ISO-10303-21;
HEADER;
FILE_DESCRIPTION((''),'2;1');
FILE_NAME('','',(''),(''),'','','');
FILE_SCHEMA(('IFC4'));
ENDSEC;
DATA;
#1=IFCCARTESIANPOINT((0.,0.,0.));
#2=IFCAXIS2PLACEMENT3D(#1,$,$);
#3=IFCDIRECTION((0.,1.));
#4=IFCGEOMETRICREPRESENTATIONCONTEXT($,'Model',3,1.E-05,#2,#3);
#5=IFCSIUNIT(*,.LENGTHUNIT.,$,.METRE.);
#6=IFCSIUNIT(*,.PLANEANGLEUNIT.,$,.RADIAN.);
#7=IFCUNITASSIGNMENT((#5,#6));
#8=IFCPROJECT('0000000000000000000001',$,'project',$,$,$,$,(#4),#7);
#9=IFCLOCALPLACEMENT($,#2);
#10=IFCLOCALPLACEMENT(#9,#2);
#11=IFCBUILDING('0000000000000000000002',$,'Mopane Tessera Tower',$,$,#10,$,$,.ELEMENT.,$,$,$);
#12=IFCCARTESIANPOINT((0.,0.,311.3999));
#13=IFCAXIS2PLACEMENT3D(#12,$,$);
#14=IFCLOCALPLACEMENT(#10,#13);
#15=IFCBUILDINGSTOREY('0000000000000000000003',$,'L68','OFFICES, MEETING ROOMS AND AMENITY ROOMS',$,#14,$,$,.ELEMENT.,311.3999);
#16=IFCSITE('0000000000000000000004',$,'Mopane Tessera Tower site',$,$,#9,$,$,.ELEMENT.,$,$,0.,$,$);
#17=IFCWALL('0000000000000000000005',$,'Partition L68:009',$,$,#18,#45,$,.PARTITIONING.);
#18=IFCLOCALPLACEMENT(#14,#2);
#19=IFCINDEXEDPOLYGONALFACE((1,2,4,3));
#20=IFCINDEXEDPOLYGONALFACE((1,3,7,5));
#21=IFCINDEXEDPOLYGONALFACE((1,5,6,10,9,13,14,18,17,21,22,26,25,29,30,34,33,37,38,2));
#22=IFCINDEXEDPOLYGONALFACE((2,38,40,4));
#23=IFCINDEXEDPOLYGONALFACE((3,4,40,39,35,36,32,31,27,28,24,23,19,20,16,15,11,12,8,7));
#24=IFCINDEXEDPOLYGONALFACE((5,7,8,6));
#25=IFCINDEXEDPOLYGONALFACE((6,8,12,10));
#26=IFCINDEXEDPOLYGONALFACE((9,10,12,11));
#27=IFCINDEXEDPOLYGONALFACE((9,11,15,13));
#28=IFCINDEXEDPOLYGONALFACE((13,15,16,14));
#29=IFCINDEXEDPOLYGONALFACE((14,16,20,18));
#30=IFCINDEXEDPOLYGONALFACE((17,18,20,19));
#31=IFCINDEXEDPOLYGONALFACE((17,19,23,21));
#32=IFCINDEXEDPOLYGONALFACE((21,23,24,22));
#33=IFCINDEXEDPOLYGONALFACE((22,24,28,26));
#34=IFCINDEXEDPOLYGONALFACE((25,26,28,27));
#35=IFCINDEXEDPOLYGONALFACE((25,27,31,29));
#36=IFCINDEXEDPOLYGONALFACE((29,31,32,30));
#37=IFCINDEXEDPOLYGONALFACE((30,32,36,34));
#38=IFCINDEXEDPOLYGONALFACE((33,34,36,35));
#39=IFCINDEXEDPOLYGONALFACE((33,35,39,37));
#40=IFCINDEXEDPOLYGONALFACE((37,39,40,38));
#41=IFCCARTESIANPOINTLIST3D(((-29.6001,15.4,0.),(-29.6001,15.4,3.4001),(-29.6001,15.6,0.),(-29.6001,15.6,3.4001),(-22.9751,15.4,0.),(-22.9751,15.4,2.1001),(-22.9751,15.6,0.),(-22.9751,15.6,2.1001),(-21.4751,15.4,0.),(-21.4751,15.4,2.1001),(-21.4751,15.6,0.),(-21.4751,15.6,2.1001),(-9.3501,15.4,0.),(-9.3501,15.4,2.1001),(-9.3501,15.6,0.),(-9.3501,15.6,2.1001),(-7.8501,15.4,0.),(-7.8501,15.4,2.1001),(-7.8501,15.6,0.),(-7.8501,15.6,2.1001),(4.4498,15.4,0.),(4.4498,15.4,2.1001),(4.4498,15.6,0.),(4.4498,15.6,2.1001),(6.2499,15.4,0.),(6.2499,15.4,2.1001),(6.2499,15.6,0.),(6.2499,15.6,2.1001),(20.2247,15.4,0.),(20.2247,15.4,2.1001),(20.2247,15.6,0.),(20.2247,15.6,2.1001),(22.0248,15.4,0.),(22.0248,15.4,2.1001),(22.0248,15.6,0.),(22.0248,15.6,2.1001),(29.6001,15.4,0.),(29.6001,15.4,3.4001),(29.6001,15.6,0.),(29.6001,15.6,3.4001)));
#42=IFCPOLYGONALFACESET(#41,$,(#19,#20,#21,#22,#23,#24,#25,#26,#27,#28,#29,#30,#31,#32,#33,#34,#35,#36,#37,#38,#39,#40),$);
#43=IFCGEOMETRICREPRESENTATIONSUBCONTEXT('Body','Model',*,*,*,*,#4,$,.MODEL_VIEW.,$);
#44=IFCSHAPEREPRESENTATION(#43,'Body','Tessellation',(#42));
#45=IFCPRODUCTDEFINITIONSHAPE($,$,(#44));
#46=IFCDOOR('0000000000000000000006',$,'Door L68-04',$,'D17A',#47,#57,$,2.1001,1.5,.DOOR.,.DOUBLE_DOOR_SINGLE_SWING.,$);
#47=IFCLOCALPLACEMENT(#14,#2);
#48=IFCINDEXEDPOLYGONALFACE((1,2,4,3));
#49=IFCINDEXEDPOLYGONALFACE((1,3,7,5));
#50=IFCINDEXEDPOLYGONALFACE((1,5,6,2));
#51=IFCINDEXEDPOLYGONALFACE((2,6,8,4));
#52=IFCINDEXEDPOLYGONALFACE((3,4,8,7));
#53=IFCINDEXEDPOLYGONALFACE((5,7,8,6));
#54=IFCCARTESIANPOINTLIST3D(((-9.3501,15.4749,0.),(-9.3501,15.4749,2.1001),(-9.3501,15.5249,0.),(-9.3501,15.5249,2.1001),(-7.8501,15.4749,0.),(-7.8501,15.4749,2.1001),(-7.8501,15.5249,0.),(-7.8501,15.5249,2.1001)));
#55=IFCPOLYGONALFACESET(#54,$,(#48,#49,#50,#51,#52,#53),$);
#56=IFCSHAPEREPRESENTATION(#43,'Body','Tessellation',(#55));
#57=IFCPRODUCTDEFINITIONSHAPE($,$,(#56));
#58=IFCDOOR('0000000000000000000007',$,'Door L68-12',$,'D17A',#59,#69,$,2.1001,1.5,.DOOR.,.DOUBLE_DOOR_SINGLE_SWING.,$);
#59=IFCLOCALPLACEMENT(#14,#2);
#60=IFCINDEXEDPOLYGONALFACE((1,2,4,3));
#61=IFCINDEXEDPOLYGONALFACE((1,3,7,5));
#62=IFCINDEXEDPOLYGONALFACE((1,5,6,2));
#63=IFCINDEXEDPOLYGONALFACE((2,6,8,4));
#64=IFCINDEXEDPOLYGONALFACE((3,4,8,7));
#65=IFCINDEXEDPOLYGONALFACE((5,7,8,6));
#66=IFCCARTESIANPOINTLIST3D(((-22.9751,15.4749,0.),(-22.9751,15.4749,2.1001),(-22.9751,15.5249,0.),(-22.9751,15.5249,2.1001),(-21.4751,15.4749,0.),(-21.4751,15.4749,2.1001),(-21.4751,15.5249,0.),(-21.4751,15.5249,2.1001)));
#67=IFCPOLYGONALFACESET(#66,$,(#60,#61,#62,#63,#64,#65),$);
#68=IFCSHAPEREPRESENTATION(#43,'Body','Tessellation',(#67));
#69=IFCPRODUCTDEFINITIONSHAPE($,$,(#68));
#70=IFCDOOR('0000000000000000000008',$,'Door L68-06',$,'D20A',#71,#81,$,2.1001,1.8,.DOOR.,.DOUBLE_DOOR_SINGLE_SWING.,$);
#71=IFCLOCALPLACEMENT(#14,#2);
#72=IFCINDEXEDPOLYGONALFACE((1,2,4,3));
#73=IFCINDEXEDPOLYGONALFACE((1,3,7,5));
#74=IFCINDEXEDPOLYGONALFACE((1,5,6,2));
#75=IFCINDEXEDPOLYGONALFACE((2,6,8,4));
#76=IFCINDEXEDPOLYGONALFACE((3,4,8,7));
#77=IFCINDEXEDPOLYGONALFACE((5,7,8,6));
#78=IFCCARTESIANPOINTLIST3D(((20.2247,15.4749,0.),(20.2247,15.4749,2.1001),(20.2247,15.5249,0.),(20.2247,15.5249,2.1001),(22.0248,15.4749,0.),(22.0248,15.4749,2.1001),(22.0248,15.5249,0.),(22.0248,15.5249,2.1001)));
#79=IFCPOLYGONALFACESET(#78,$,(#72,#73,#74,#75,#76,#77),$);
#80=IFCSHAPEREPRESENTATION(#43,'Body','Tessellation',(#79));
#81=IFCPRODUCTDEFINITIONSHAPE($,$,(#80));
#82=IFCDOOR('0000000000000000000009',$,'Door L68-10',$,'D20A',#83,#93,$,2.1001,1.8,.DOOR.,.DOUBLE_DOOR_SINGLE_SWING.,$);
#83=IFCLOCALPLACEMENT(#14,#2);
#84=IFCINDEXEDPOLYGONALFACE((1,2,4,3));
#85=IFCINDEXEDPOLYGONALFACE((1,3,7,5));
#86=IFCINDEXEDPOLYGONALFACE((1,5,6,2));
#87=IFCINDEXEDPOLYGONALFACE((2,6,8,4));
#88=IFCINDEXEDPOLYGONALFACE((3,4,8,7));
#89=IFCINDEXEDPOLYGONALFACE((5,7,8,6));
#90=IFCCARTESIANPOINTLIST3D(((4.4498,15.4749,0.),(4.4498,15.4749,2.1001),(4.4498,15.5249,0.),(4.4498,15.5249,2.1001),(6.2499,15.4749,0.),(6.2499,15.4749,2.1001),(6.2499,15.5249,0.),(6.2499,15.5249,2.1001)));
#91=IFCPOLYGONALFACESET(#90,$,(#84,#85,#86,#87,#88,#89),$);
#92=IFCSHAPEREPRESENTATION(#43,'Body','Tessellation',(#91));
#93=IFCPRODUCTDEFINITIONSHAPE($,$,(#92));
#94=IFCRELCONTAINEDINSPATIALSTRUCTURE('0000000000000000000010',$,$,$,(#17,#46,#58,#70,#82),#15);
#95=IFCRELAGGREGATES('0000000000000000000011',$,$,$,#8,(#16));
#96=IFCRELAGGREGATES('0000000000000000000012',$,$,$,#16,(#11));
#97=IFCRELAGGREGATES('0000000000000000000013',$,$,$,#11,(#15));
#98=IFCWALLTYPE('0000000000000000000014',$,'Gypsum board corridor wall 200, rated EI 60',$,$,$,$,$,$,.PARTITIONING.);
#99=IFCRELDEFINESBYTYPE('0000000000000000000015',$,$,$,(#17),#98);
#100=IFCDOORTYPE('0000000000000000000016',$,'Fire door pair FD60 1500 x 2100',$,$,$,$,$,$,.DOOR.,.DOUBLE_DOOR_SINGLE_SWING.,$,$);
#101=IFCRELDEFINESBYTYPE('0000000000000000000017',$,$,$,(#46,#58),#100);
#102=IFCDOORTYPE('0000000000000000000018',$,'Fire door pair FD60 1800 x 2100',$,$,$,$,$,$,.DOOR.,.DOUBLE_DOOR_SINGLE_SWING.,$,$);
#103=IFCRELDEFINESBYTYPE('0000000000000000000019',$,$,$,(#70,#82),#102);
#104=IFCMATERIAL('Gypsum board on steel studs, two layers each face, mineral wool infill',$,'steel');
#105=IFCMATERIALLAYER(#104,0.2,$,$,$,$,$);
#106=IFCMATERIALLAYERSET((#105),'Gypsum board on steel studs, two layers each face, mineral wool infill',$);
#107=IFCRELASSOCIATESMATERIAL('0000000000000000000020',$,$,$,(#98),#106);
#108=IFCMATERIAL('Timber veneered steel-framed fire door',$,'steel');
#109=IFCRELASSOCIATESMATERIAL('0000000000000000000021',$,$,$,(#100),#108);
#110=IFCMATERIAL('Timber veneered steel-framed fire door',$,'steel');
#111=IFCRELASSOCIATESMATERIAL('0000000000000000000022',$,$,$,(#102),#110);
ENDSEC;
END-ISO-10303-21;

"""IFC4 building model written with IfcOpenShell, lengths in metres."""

from ifc_helpers import new_model, si_unit, direction, frame, frame_2d, origin, place, context, subcontext, project, spatial, rectangle, extrude, material, layer, layer_set, type_object, element, fill, save


model = new_model("IFC4")

# Units and contexts
model_context = context("Model", 3, precision=1e-05, world=origin(), true_north=direction((0.0, 1.0)))
body_context = subcontext(model_context, "Body", "Model", "MODEL_VIEW")
ifc_project = project(units=[si_unit("LENGTHUNIT", "METRE"), si_unit("PLANEANGLEUNIT", "RADIAN")], contexts=[model_context])

# Site, building, storey
site_placement = place(None, origin())
site = spatial("IfcSite", under=ifc_project, at=site_placement, Name="Mopane Tessera Tower site", CompositionType="ELEMENT", RefElevation=0.0)
building_placement = place(site_placement, origin())
building = spatial("IfcBuilding", under=site, at=building_placement, Name="Mopane Tessera Tower", CompositionType="ELEMENT")
storey_placement = place(building_placement, frame((0.0, 0.0, 311.3999)))
storey = spatial("IfcBuildingStorey", under=building, at=storey_placement, Name="L68", Description="OFFICES, MEETING ROOMS AND AMENITY ROOMS", CompositionType="ELEMENT", Elevation=311.3999)

# Shared definitions
ifc_material_1 = material(Name="Gypsum board on steel studs, two layers each face, mineral wool infill", Category="steel")
ifc_layer_1 = layer(ifc_material_1, 0.2)
ifc_layer_set_1 = layer_set([ifc_layer_1], Name="Gypsum board on steel studs, two layers each face, mineral wool infill")
wall_type_1 = type_object("IfcWallType", Name="Gypsum board corridor wall 200, rated EI 60", PredefinedType="PARTITIONING", material=ifc_layer_set_1)
ifc_material_2 = material(Name="Timber veneered steel-framed fire door", Category="steel")
door_type_1 = type_object("IfcDoorType", Name="Fire door pair FD60 1500 x 2100", OperationType="DOUBLE_DOOR_SINGLE_SWING", PredefinedType="DOOR", material=ifc_material_2)

# Wall, openings, doors
wall_1_placement = place(storey_placement, frame((-29.6001, 15.5, 0.0), z_axis=(0.0, 0.0, 1.0), x_axis=(1.0, 0.0, 0.0)))
wall_1 = element("IfcWall", 1, at=wall_1_placement, inside=storey, type_object=wall_type_1, Name="Partition L68:009", PredefinedType="PARTITIONING", context=body_context, shape_type="SweptSolid", body=[
    extrude(rectangle(XDim=59.2002, YDim=0.2, at=frame_2d((29.6001, 0.0))), origin(), (0.0, 0.0, 1.0), 3.4001),
])
opening_1_placement = place(wall_1_placement, frame((20.25, 0.0, 0.0)))
opening_1 = element("IfcOpeningElement", 2, at=opening_1_placement, cuts=wall_1, PredefinedType="OPENING", context=body_context, shape_type="SweptSolid", body=[
    extrude(rectangle(XDim=1.5, YDim=2.1001, at=frame_2d((0.75, 1.05))), frame((0.0, 0.1121, 0.0), z_axis=(0.0, -1.0, 0.0), x_axis=(1.0, 0.0, 0.0)), (0.0, 0.0, 1.0), 0.2239),
])
opening_2_placement = place(wall_1_placement, frame((49.825, 0.0, 0.0)))
opening_2 = element("IfcOpeningElement", 3, at=opening_2_placement, cuts=wall_1, PredefinedType="OPENING", context=body_context, shape_type="SweptSolid", body=[
    extrude(rectangle(XDim=1.8, YDim=2.1001, at=frame_2d((0.8999, 1.05))), frame((0.0, 0.1121, 0.0), z_axis=(0.0, -1.0, 0.0), x_axis=(1.0, 0.0, 0.0)), (0.0, 0.0, 1.0), 0.2239),
])
opening_3_placement = place(wall_1_placement, frame((34.05, 0.0, 0.0)))
opening_3 = element("IfcOpeningElement", 4, at=opening_3_placement, cuts=wall_1, PredefinedType="OPENING", context=body_context, shape_type="SweptSolid", body=[
    extrude(rectangle(XDim=1.8, YDim=2.1001, at=frame_2d((0.8999, 1.05))), frame((0.0, 0.1121, 0.0), z_axis=(0.0, -1.0, 0.0), x_axis=(1.0, 0.0, 0.0)), (0.0, 0.0, 1.0), 0.2239),
])
opening_4_placement = place(wall_1_placement, frame((6.625, 0.0, 0.0)))
opening_4 = element("IfcOpeningElement", 5, at=opening_4_placement, cuts=wall_1, PredefinedType="OPENING", context=body_context, shape_type="SweptSolid", body=[
    extrude(rectangle(XDim=1.5, YDim=2.1001, at=frame_2d((0.75, 1.05))), frame((0.0, 0.1121, 0.0), z_axis=(0.0, -1.0, 0.0), x_axis=(1.0, 0.0, 0.0)), (0.0, 0.0, 1.0), 0.2239),
])
door_1_placement = place(opening_1_placement, origin())
door_1 = element("IfcDoor", 6, at=door_1_placement, inside=storey, type_object=door_type_1, Name="Door L68-04", ObjectType="D17A", OperationType="DOUBLE_DOOR_SINGLE_SWING", OverallHeight=2.1001, OverallWidth=1.5, PredefinedType="DOOR", context=body_context, shape_type="SweptSolid", body=[
    extrude(rectangle(XDim=1.5, YDim=2.1001, at=frame_2d((0.75, 1.05))), frame((0.0, 0.0249, 0.0), z_axis=(0.0, -1.0, 0.0), x_axis=(1.0, 0.0, 0.0)), (0.0, 0.0, 1.0), 0.05),
])
fill(opening_1, door_1)
door_2_placement = place(opening_4_placement, origin())
door_2 = element("IfcDoor", 7, at=door_2_placement, inside=storey, type_object=door_type_1, Name="Door L68-12", ObjectType="D17A", OperationType="DOUBLE_DOOR_SINGLE_SWING", OverallHeight=2.1001, OverallWidth=1.5, PredefinedType="DOOR", context=body_context, shape_type="SweptSolid", body=[
    extrude(rectangle(XDim=1.5, YDim=2.1001, at=frame_2d((0.75, 1.05))), frame((0.0, 0.0249, 0.0), z_axis=(0.0, -1.0, 0.0), x_axis=(1.0, 0.0, 0.0)), (0.0, 0.0, 1.0), 0.05),
])
fill(opening_4, door_2)
ifc_material_3 = material(Name="Timber veneered steel-framed fire door", Category="steel")
door_type_2 = type_object("IfcDoorType", Name="Fire door pair FD60 1800 x 2100", OperationType="DOUBLE_DOOR_SINGLE_SWING", PredefinedType="DOOR", material=ifc_material_3)
door_3_placement = place(opening_2_placement, origin())
door_3 = element("IfcDoor", 8, at=door_3_placement, inside=storey, type_object=door_type_2, Name="Door L68-06", ObjectType="D20A", OperationType="DOUBLE_DOOR_SINGLE_SWING", OverallHeight=2.1001, OverallWidth=1.8, PredefinedType="DOOR", context=body_context, shape_type="SweptSolid", body=[
    extrude(rectangle(XDim=1.8, YDim=2.1001, at=frame_2d((0.8999, 1.05))), frame((0.0, 0.0249, 0.0), z_axis=(0.0, -1.0, 0.0), x_axis=(1.0, 0.0, 0.0)), (0.0, 0.0, 1.0), 0.05),
])
fill(opening_2, door_3)
door_4_placement = place(opening_3_placement, origin())
door_4 = element("IfcDoor", 9, at=door_4_placement, inside=storey, type_object=door_type_2, Name="Door L68-10", ObjectType="D20A", OperationType="DOUBLE_DOOR_SINGLE_SWING", OverallHeight=2.1001, OverallWidth=1.8, PredefinedType="DOOR", context=body_context, shape_type="SweptSolid", body=[
    extrude(rectangle(XDim=1.8, YDim=2.1001, at=frame_2d((0.8999, 1.05))), frame((0.0, 0.0249, 0.0), z_axis=(0.0, -1.0, 0.0), x_axis=(1.0, 0.0, 0.0)), (0.0, 0.0, 1.0), 0.05),
])
fill(opening_3, door_4)

save(model, "model.ifc")
